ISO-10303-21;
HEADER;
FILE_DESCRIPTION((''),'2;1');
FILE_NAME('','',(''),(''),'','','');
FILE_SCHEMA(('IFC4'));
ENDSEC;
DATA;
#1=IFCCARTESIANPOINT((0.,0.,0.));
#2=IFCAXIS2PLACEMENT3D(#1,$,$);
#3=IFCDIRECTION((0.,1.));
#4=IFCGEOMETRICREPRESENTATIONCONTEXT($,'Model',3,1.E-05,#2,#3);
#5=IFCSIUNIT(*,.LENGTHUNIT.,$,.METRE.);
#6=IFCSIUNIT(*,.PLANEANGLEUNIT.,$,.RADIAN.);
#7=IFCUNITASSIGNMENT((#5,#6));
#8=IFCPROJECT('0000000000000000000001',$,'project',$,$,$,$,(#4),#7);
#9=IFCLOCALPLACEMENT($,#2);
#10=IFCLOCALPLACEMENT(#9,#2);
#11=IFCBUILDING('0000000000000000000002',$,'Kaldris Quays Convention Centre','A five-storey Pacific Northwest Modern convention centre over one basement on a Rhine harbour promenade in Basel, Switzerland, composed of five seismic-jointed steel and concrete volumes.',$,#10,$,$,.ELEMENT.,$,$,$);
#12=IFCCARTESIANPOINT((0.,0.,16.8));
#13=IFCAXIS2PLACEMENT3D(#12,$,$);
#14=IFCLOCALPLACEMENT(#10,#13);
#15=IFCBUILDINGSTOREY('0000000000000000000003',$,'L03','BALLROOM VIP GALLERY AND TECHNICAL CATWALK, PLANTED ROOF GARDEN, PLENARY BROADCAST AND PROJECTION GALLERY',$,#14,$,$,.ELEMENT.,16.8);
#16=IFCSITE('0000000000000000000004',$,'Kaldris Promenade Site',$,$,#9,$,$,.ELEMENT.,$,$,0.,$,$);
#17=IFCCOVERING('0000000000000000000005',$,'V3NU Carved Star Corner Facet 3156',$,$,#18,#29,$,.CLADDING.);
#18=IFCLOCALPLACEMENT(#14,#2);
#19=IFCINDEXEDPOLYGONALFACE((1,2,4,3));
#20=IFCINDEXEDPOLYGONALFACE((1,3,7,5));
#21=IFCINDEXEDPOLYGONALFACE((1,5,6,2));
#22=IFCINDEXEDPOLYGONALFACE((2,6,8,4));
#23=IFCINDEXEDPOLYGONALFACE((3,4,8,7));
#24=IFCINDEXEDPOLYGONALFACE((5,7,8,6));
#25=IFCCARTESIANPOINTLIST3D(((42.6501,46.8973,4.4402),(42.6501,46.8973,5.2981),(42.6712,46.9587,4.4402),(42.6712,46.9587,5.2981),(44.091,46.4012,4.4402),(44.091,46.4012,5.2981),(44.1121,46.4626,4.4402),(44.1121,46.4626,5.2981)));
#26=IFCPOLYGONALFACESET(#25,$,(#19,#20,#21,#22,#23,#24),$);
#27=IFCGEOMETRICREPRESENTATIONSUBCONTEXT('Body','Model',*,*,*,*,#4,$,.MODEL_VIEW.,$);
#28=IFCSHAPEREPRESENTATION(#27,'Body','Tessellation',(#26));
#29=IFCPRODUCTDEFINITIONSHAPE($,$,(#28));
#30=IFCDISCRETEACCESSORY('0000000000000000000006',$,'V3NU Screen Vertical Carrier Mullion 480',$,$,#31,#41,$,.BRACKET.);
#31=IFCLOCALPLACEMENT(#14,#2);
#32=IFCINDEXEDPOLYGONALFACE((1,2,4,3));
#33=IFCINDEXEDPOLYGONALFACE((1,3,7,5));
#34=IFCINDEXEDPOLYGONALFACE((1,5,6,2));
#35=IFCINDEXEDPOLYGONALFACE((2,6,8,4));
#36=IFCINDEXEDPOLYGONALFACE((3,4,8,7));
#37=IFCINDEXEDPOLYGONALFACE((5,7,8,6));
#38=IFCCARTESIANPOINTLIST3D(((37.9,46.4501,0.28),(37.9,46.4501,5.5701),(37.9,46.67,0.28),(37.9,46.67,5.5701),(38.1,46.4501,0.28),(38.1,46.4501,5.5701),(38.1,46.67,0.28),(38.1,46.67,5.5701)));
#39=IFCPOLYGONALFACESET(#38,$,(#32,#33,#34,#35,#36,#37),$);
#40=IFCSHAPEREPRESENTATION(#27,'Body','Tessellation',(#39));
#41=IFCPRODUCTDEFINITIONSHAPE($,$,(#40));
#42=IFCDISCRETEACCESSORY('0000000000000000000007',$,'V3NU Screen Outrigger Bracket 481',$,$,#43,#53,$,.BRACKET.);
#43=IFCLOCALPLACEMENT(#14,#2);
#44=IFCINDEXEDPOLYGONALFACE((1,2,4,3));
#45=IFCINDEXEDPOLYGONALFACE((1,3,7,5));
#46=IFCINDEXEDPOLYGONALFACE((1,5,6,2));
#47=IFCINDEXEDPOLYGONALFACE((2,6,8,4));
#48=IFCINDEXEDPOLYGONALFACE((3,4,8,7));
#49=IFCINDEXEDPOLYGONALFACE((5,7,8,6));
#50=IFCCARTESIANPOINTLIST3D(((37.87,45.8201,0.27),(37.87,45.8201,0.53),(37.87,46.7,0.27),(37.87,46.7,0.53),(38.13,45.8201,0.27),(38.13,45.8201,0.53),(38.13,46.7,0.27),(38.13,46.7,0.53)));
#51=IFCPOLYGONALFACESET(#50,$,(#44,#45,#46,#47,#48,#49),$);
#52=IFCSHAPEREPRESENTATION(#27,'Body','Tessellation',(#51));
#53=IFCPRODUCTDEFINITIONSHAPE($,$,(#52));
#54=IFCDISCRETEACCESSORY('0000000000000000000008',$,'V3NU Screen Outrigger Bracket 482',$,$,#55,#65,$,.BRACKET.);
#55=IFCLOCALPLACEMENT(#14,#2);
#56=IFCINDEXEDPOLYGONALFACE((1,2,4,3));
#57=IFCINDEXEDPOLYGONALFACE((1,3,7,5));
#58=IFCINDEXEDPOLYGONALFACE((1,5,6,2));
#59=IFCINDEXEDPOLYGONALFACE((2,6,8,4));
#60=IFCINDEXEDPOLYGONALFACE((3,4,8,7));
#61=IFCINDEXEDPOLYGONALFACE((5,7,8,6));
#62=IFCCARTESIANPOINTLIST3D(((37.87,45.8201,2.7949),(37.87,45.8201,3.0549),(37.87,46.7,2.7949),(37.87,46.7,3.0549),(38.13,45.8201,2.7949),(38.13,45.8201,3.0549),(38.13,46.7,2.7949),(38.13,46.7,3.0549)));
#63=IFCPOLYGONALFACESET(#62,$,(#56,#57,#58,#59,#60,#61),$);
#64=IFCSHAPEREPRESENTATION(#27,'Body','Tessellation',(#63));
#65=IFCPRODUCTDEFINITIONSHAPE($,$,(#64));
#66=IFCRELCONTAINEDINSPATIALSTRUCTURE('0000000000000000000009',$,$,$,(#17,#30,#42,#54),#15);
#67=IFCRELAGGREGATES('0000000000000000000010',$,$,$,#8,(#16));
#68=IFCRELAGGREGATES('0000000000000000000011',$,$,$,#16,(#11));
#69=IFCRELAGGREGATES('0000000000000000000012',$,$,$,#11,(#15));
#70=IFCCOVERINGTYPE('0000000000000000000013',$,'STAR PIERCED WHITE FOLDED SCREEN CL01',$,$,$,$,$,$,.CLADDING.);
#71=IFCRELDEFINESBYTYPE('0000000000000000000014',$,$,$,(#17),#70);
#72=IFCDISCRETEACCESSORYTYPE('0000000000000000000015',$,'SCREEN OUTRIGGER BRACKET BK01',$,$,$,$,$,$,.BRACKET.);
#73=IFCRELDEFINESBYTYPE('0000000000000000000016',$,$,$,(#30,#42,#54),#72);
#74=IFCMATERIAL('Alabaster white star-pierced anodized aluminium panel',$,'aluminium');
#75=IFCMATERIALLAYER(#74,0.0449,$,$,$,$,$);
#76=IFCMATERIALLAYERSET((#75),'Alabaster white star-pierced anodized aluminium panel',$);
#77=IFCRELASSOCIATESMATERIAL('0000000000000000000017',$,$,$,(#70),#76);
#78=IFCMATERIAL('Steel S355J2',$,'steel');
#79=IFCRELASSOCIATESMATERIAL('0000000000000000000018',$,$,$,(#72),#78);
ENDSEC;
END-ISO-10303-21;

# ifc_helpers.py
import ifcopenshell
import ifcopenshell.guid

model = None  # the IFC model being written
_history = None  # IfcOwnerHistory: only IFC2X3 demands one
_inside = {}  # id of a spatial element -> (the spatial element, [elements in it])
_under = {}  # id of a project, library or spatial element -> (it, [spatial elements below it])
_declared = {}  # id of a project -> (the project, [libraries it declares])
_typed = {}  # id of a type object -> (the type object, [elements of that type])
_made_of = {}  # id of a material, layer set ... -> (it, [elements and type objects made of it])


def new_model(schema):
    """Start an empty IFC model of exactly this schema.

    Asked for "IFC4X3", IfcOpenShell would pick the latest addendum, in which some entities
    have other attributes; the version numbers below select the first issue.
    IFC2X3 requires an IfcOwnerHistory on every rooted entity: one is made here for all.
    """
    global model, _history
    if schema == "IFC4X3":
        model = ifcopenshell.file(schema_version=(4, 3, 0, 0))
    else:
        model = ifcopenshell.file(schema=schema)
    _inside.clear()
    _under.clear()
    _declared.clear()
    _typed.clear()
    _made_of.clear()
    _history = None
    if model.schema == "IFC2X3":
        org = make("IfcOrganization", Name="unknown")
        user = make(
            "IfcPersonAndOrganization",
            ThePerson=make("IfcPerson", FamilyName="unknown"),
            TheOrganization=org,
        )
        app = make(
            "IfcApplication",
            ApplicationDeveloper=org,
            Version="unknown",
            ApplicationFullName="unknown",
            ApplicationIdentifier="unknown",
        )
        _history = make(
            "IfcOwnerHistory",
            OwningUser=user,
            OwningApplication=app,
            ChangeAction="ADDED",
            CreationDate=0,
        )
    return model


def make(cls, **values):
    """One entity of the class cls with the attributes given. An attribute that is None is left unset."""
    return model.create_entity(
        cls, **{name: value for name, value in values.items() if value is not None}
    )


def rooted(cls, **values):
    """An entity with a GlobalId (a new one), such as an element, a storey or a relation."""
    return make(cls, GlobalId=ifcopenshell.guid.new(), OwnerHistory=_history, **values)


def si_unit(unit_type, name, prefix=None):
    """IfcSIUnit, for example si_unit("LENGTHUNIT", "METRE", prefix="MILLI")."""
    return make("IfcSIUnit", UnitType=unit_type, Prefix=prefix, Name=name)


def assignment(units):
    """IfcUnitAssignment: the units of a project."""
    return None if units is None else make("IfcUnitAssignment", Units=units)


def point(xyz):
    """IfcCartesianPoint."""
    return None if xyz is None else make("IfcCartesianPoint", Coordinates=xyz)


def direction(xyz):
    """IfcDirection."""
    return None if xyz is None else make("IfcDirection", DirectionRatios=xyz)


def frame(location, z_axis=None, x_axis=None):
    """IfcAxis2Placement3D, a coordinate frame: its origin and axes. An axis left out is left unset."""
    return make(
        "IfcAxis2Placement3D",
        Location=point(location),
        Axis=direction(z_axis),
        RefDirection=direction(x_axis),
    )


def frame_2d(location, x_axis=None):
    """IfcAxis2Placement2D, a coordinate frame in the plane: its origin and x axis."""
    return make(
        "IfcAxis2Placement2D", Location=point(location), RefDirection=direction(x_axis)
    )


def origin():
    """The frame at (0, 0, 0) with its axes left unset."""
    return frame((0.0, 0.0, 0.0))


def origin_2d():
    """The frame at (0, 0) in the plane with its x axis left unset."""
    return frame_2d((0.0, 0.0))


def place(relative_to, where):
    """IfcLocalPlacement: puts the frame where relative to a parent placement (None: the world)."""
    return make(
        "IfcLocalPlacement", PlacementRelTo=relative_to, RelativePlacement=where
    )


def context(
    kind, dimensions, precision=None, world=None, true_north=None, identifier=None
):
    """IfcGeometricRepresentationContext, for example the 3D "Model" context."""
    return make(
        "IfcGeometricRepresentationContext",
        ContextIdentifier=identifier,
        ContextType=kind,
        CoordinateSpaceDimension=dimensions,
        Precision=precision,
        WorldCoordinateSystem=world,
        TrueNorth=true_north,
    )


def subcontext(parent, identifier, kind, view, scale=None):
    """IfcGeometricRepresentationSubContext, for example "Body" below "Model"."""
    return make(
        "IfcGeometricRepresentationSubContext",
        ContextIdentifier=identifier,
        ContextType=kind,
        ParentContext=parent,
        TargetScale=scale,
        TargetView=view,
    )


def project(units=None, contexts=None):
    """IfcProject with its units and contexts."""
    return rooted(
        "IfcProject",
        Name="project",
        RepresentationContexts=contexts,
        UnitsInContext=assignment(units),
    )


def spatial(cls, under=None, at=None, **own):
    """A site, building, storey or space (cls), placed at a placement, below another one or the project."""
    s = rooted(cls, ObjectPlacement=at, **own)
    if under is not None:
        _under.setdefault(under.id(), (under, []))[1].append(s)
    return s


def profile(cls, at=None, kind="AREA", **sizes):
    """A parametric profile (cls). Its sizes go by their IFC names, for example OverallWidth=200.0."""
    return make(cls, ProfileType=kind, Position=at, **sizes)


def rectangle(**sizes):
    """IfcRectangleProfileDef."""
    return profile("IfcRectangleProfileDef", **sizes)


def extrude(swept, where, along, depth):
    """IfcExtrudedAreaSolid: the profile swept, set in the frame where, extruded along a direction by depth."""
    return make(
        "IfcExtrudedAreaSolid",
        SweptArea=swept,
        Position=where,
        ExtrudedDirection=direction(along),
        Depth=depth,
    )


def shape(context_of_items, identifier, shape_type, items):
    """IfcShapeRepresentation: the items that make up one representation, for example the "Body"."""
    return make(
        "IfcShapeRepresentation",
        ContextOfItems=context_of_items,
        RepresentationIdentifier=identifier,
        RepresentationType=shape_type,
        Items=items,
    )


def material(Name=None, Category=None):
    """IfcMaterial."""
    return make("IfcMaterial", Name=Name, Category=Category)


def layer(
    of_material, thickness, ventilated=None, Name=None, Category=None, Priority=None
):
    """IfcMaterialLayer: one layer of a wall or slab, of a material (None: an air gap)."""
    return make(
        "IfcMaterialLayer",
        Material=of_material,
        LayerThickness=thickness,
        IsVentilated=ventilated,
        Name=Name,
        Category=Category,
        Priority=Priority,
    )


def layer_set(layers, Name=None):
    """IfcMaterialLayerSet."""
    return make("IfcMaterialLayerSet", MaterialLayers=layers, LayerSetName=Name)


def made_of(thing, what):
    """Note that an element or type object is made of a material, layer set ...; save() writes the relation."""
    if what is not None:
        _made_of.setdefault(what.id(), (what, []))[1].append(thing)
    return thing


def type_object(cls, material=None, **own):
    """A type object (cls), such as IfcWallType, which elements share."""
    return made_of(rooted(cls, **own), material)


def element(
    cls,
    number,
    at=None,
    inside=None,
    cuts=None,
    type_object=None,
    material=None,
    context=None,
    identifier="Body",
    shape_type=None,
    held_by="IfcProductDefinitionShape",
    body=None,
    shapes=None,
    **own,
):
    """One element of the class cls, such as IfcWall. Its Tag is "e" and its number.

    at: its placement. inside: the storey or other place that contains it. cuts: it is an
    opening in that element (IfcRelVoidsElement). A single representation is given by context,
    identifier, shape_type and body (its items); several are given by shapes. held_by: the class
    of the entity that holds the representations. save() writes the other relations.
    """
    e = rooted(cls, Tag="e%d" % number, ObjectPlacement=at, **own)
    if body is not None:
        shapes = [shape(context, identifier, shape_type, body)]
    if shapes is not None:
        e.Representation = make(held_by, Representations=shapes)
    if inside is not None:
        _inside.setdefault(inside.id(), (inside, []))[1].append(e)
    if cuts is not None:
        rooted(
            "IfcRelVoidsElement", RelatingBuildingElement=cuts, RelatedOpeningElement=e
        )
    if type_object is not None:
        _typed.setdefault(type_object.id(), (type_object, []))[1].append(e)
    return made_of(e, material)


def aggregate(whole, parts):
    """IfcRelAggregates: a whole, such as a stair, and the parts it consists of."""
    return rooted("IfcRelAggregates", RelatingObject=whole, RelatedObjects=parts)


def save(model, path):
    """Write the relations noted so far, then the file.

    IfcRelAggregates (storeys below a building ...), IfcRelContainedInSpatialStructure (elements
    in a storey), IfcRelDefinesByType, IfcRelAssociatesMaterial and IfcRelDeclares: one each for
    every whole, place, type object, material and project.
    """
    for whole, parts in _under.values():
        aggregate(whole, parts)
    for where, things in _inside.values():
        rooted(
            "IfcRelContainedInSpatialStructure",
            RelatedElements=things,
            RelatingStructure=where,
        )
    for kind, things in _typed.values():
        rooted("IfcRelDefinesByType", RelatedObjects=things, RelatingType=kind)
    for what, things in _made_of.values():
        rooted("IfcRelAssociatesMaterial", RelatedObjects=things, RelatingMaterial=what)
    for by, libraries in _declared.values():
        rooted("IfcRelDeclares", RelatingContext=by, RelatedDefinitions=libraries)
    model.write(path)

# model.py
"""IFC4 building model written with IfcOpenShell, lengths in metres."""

from ifc_helpers import new_model, si_unit, direction, frame, origin, origin_2d, place, context, subcontext, project, spatial, rectangle, extrude, material, layer, layer_set, type_object, element, save


model = new_model("IFC4")

# Units and contexts
model_context = context("Model", 3, precision=1e-05, world=origin(), true_north=direction((0.0, 1.0)))
body_context = subcontext(model_context, "Body", "Model", "MODEL_VIEW")
ifc_project = project(units=[si_unit("LENGTHUNIT", "METRE"), si_unit("PLANEANGLEUNIT", "RADIAN")], contexts=[model_context])

# Site, building, storey
site_placement = place(None, origin())
site = spatial("IfcSite", under=ifc_project, at=site_placement, Name="Kaldris Promenade Site", CompositionType="ELEMENT", RefElevation=0.0)
building_placement = place(site_placement, origin())
building = spatial("IfcBuilding", under=site, at=building_placement, Name="Kaldris Quays Convention Centre", Description="A five-storey Pacific Northwest Modern convention centre over one basement on a Rhine harbour promenade in Basel, Switzerland, composed of five seismic-jointed steel and concrete volumes.", CompositionType="ELEMENT")
storey_placement = place(building_placement, frame((0.0, 0.0, 16.8)))
storey = spatial("IfcBuildingStorey", under=building, at=storey_placement, Name="L03", Description="BALLROOM VIP GALLERY AND TECHNICAL CATWALK, PLANTED ROOF GARDEN, PLENARY BROADCAST AND PROJECTION GALLERY", CompositionType="ELEMENT", Elevation=16.8)

# Covering
ifc_material_1 = material(Name="Alabaster white star-pierced anodized aluminium panel", Category="aluminium")
ifc_layer = layer(ifc_material_1, 0.0449)
ifc_layer_set = layer_set([ifc_layer], Name="Alabaster white star-pierced anodized aluminium panel")
covering_type = type_object("IfcCoveringType", Name="STAR PIERCED WHITE FOLDED SCREEN CL01", PredefinedType="CLADDING", material=ifc_layer_set)
for number, where, z_axis, x_axis, name in (
    (1, (43.3811, 46.6799, 4.4402), (0.0, 0.0, 1.0), (0.945519, -0.325568, 0.0), "V3NU Carved Star Corner Facet 3156"),
):
    element("IfcCovering", number, at=place(storey_placement, frame(where, z_axis=z_axis, x_axis=x_axis)), inside=storey, type_object=covering_type, Name=name, PredefinedType="CLADDING", context=body_context, shape_type="SweptSolid", body=[
        extrude(rectangle(XDim=1.5239, YDim=0.0649, at=origin_2d()), origin(), (0.0, 0.0, 1.0), 0.8579),
    ])

# Discrete accessories
ifc_material_2 = material(Name="Steel S355J2", Category="steel")
discrete_accessory_type = type_object("IfcDiscreteAccessoryType", Name="SCREEN OUTRIGGER BRACKET BK01", PredefinedType="BRACKET", material=ifc_material_2)
discrete_accessory_placement = place(storey_placement, frame((38.0, 46.5601, 0.28), z_axis=(0.0, 0.0, 1.0), x_axis=(1.0, 0.0, 0.0)))
element("IfcDiscreteAccessory", 2, at=discrete_accessory_placement, inside=storey, type_object=discrete_accessory_type, Name="V3NU Screen Vertical Carrier Mullion 480", PredefinedType="BRACKET", context=body_context, shape_type="SweptSolid", body=[
    extrude(rectangle(XDim=0.2, YDim=0.22, at=origin_2d()), origin(), (0.0, 0.0, 1.0), 5.29),
])
for number, where, z_axis, x_axis, name in (
    (3, (38.0, 46.26, 0.27), (0.0, 0.0, 1.0), (1.0, 0.0, 0.0), "V3NU Screen Outrigger Bracket 481"),
    (4, (38.0, 46.26, 2.7949), (0.0, 0.0, 1.0), (1.0, 0.0, 0.0), "V3NU Screen Outrigger Bracket 482"),
):
    element("IfcDiscreteAccessory", number, at=place(storey_placement, frame(where, z_axis=z_axis, x_axis=x_axis)), inside=storey, type_object=discrete_accessory_type, Name=name, PredefinedType="BRACKET", context=body_context, shape_type="SweptSolid", body=[
        extrude(rectangle(XDim=0.26, YDim=0.8799, at=origin_2d()), origin(), (0.0, 0.0, 1.0), 0.26),
    ])

save(model, "model.ifc")
